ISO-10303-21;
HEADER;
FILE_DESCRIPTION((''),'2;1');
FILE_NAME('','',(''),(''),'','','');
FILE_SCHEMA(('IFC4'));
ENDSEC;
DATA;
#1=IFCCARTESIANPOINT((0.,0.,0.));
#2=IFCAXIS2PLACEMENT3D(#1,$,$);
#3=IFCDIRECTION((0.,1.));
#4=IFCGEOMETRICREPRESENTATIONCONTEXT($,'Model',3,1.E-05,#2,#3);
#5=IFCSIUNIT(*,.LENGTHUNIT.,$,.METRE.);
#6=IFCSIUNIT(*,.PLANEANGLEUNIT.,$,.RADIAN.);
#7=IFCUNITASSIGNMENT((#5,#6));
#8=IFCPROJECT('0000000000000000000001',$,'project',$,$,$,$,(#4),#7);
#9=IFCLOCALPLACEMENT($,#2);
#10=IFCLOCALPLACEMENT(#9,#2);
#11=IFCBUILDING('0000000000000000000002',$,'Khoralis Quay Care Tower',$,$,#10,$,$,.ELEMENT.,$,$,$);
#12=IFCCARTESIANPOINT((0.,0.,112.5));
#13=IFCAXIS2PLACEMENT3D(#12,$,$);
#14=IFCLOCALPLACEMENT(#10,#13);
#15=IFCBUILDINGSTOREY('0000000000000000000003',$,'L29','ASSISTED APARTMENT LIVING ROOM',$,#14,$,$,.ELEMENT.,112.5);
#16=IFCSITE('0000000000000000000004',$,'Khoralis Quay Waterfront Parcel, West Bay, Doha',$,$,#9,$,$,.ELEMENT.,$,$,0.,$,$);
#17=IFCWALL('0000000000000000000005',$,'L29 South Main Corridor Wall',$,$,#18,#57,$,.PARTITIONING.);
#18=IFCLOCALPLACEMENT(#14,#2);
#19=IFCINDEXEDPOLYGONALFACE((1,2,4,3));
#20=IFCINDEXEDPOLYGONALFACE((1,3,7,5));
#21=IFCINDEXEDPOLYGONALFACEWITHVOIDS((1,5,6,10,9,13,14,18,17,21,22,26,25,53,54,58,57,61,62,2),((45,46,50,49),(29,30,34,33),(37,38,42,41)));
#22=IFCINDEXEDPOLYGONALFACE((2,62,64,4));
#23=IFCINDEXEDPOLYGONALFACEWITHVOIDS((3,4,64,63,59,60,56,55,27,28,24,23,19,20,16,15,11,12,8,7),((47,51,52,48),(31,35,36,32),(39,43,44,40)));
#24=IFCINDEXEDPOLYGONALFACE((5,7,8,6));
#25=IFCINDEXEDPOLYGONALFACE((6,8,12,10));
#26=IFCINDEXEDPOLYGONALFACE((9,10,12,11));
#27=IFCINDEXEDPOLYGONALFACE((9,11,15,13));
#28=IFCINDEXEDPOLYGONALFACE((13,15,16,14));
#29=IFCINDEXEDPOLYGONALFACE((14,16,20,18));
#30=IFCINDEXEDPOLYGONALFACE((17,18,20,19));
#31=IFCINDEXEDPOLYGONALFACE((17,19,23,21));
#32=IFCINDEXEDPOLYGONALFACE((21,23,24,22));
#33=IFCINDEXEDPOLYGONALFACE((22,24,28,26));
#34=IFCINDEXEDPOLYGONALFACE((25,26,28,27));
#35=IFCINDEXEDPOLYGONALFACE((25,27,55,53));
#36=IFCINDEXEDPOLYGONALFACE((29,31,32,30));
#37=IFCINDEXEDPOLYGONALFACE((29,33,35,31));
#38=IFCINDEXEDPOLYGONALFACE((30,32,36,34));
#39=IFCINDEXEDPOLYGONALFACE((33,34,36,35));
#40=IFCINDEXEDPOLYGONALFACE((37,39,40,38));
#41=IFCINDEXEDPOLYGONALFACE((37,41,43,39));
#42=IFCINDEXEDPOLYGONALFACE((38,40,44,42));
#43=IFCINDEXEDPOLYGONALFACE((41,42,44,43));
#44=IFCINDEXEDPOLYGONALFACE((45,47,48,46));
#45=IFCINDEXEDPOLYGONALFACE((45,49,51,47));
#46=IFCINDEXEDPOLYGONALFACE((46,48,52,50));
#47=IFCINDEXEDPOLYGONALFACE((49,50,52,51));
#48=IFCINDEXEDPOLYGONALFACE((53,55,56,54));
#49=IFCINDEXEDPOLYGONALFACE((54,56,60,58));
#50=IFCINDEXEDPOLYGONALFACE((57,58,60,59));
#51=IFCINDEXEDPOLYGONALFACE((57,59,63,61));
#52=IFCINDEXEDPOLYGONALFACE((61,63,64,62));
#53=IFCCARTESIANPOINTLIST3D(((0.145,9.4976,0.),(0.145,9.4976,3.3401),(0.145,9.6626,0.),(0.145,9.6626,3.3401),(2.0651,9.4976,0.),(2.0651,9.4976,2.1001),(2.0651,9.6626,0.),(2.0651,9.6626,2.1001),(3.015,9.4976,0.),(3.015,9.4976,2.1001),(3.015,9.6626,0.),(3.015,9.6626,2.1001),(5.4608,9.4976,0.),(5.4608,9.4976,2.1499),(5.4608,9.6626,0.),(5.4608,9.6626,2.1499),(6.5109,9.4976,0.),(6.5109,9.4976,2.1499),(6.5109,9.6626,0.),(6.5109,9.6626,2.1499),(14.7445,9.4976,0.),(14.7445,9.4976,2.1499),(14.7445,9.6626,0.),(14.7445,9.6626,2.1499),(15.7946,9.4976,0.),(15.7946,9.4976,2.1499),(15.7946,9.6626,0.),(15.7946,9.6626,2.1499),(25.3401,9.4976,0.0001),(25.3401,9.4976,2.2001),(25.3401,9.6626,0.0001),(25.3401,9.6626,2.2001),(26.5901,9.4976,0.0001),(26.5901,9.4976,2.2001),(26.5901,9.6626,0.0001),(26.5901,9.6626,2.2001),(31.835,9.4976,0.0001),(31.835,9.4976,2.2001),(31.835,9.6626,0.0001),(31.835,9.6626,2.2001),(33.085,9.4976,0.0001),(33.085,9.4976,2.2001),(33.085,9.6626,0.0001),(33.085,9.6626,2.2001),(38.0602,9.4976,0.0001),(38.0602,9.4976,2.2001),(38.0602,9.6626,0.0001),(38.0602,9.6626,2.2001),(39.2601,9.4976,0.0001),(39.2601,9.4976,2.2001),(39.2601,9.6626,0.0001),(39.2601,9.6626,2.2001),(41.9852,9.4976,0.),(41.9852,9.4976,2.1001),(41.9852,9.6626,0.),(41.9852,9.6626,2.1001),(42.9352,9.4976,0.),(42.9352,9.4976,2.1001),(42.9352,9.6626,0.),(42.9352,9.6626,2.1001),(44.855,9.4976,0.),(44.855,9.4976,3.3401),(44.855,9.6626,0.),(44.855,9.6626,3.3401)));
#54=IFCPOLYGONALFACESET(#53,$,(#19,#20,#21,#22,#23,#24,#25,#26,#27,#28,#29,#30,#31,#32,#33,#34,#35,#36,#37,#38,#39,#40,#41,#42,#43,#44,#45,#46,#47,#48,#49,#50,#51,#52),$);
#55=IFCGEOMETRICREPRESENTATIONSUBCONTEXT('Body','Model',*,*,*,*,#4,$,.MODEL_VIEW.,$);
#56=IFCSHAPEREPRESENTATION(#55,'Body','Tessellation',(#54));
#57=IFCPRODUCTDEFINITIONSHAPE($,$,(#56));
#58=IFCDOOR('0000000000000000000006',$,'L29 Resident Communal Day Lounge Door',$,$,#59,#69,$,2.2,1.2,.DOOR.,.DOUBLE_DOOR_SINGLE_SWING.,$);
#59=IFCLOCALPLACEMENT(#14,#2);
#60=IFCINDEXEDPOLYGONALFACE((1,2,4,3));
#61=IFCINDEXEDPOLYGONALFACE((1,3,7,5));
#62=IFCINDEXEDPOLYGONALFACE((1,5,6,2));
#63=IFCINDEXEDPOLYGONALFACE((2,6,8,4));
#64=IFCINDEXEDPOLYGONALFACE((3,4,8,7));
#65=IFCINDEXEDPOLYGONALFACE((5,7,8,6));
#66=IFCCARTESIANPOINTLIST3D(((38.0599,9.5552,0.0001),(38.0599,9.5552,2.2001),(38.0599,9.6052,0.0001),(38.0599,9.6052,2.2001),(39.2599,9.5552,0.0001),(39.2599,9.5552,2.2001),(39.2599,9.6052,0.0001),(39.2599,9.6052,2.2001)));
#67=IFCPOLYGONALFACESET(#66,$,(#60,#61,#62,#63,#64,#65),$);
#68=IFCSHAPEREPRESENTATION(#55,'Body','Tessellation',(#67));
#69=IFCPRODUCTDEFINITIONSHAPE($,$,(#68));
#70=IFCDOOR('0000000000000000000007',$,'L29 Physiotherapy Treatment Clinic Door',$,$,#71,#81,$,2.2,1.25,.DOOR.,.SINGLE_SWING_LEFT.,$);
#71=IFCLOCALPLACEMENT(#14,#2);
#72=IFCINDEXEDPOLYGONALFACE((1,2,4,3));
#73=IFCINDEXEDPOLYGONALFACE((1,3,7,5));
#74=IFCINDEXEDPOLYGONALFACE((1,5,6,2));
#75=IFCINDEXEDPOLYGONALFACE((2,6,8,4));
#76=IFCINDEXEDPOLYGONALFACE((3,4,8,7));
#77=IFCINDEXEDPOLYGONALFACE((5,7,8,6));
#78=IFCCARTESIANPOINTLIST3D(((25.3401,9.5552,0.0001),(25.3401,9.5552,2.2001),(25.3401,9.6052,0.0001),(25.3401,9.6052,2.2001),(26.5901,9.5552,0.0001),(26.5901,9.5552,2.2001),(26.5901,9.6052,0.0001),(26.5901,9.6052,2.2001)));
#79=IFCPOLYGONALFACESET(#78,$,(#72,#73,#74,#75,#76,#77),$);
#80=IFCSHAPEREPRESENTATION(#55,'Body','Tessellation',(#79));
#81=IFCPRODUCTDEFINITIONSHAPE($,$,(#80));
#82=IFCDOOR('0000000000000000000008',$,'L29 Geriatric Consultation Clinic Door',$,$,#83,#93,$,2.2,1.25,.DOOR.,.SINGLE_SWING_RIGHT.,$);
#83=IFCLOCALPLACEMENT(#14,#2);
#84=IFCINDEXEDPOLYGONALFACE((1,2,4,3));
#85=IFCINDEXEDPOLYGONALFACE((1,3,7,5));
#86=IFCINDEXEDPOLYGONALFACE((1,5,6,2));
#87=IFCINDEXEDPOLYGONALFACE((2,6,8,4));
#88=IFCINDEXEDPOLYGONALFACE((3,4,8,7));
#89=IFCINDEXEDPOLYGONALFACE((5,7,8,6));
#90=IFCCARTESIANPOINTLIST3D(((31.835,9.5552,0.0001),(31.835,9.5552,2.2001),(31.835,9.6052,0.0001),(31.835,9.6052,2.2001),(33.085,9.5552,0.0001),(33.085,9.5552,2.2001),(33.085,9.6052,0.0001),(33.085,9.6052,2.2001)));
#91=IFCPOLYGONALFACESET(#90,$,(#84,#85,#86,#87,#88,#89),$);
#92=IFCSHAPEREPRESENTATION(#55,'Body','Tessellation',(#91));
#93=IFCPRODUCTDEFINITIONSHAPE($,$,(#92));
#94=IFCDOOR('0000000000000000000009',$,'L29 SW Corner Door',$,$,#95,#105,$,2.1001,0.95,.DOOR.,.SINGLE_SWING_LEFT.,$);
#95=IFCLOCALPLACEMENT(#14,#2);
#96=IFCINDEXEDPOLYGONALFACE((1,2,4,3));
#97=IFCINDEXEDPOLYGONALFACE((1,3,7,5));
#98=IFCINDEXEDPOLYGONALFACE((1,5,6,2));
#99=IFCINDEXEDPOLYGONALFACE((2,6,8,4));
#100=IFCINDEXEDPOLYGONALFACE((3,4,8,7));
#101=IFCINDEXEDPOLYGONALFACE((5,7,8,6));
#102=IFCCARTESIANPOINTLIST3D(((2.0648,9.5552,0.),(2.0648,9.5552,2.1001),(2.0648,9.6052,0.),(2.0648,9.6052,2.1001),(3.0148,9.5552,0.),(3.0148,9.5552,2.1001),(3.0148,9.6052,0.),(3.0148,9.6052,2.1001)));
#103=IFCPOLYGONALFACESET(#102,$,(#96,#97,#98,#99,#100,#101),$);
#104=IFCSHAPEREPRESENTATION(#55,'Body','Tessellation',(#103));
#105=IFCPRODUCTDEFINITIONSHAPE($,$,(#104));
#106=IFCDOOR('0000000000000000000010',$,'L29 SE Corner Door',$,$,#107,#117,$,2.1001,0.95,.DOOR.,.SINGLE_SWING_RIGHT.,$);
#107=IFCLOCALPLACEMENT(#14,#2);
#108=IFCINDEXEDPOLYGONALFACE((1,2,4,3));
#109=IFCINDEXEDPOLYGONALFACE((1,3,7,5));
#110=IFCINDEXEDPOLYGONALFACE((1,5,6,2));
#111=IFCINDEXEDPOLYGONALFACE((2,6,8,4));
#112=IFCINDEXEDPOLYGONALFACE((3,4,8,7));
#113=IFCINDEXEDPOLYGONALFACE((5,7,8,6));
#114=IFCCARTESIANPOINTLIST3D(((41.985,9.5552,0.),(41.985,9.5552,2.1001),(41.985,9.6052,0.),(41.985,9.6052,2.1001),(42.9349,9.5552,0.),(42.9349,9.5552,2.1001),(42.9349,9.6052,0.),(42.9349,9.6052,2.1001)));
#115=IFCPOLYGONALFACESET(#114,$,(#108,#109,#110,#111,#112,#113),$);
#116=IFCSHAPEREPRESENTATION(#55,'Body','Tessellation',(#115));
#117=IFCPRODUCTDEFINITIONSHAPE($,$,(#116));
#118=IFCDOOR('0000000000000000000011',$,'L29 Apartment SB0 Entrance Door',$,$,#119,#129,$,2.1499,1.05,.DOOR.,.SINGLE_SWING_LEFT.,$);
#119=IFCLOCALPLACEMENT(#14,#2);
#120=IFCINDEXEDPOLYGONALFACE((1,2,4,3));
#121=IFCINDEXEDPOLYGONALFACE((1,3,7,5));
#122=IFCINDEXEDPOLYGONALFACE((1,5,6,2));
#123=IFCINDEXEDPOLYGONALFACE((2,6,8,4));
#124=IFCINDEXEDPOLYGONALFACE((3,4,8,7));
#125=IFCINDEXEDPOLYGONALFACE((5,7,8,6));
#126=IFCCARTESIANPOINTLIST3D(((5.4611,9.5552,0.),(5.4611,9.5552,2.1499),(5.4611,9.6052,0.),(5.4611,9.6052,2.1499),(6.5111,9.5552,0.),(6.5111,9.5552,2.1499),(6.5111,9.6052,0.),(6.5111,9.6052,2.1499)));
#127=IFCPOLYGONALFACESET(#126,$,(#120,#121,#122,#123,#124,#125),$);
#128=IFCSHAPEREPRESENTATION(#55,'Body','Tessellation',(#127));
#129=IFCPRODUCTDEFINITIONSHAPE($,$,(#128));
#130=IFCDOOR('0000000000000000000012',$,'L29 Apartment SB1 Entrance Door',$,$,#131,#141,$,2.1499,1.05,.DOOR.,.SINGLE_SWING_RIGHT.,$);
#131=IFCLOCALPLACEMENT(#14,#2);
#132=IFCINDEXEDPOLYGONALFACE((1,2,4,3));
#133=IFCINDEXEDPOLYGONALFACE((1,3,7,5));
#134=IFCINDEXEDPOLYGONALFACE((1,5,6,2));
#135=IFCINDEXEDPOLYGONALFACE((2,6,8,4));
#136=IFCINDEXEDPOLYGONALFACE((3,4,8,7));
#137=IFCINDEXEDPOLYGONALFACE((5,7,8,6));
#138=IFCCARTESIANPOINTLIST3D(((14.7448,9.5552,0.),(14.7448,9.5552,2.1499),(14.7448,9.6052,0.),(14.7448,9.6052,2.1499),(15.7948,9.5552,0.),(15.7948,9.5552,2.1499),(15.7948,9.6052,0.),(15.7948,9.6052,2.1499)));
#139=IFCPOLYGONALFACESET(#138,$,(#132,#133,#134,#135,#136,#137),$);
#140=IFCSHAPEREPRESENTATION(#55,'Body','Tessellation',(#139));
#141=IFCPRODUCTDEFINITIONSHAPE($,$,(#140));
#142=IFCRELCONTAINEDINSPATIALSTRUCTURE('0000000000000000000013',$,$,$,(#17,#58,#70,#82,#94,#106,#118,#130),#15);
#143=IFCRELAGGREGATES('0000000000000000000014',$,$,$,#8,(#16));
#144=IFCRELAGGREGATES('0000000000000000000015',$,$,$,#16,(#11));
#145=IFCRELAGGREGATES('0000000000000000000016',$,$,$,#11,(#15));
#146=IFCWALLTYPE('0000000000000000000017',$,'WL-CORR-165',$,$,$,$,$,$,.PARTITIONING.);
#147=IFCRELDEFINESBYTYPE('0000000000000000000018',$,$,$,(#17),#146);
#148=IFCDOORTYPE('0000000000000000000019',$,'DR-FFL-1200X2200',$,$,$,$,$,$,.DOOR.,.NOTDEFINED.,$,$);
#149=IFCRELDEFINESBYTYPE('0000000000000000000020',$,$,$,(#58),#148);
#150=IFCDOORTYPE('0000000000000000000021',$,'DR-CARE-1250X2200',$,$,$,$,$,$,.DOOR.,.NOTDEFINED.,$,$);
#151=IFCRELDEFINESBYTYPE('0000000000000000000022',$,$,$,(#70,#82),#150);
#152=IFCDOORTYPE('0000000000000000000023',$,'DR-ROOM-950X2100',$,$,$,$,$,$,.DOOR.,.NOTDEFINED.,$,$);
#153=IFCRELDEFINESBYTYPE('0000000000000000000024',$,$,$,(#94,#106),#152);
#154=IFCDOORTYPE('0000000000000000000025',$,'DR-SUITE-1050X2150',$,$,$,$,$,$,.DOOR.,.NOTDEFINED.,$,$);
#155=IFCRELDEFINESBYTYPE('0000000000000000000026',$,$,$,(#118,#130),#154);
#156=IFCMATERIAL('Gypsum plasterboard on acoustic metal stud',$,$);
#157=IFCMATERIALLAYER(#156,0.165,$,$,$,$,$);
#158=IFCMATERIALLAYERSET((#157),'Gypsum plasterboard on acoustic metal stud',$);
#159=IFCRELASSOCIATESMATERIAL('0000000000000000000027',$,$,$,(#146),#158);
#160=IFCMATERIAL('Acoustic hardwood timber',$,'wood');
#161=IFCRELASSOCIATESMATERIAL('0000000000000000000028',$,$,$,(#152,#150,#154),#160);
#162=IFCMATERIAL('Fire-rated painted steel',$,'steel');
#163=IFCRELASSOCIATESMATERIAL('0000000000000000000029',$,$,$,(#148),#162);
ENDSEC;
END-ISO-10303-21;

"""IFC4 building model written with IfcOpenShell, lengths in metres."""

from ifc_helpers import new_model, si_unit, direction, frame, frame_2d, origin, place, context, subcontext, project, spatial, rectangle, extrude, source, transform, mapped, material, layer, layer_set, type_object, element, fill, save


model = new_model("IFC4")

# Units and contexts
model_context = context("Model", 3, precision=1e-05, world=origin(), true_north=direction((0.0, 1.0)))
body_context = subcontext(model_context, "Body", "Model", "MODEL_VIEW")
ifc_project = project(units=[si_unit("LENGTHUNIT", "METRE"), si_unit("PLANEANGLEUNIT", "RADIAN")], contexts=[model_context])

# Site, building, storey
site_placement = place(None, origin())
site = spatial("IfcSite", under=ifc_project, at=site_placement, Name="Khoralis Quay Waterfront Parcel, West Bay, Doha", CompositionType="ELEMENT", RefElevation=0.0)
building_placement = place(site_placement, origin())
building = spatial("IfcBuilding", under=site, at=building_placement, Name="Khoralis Quay Care Tower", CompositionType="ELEMENT")
storey_placement = place(building_placement, frame((0.0, 0.0, 112.5)))
storey = spatial("IfcBuildingStorey", under=building, at=storey_placement, Name="L29", Description="ASSISTED APARTMENT LIVING ROOM", CompositionType="ELEMENT", Elevation=112.5)

# Wall, openings, doors
ifc_material_1 = material(Name="Gypsum plasterboard on acoustic metal stud")
ifc_layer_1 = layer(ifc_material_1, 0.165)
ifc_layer_set_1 = layer_set([ifc_layer_1], Name="Gypsum plasterboard on acoustic metal stud")
wall_type_1 = type_object("IfcWallType", Name="WL-CORR-165", PredefinedType="PARTITIONING", material=ifc_layer_set_1)
ifc_material_2 = material(Name="Acoustic hardwood timber", Category="wood")
door_type_1 = type_object("IfcDoorType", Name="DR-ROOM-950X2100", OperationType="NOTDEFINED", PredefinedType="DOOR", material=ifc_material_2)
shared_shape_1 = source(origin(), body_context, "Body", "SweptSolid", [
    extrude(rectangle(XDim=0.95, YDim=2.1001, at=frame_2d((0.4751, 1.05))), frame((0.0, 0.0249, 0.0), z_axis=(0.0, -1.0, 0.0), x_axis=(1.0, 0.0, 0.0)), (0.0, 0.0, 1.0), 0.05),
])
wall_1_placement = place(storey_placement, frame((0.145, 9.5801, 0.0), z_axis=(0.0, 0.0, 1.0), x_axis=(1.0, 0.0, 0.0)))
wall_1 = element("IfcWall", 1, at=wall_1_placement, inside=storey, type_object=wall_type_1, Name="L29 South Main Corridor Wall", PredefinedType="PARTITIONING", context=body_context, shape_type="SweptSolid", body=[
    extrude(rectangle(XDim=44.71, YDim=0.165, at=frame_2d((22.355, 0.0))), origin(), (0.0, 0.0, 1.0), 3.3401),
])
opening_1_placement = place(wall_1_placement, frame((5.3159, 0.0, 0.0)))
opening_1 = element("IfcOpeningElement", 2, at=opening_1_placement, cuts=wall_1, PredefinedType="OPENING", context=body_context, shape_type="SweptSolid", body=[
    extrude(rectangle(XDim=1.05, YDim=2.1499, at=frame_2d((0.5249, 1.075))), frame((0.0, 0.0925, 0.0), z_axis=(0.0, -1.0, 0.0), x_axis=(1.0, 0.0, 0.0)), (0.0, 0.0, 1.0), 0.1851),
])
opening_2_placement = place(wall_1_placement, frame((14.5996, 0.0, 0.0)))
opening_2 = element("IfcOpeningElement", 3, at=opening_2_placement, cuts=wall_1, PredefinedType="OPENING", context=body_context, shape_type="SweptSolid", body=[
    extrude(rectangle(XDim=1.05, YDim=2.1499, at=frame_2d((0.5249, 1.075))), frame((0.0, 0.0925, 0.0), z_axis=(0.0, -1.0, 0.0), x_axis=(1.0, 0.0, 0.0)), (0.0, 0.0, 1.0), 0.1851),
])
opening_3_placement = place(wall_1_placement, frame((25.1951, 0.0, 0.0)))
opening_3 = element("IfcOpeningElement", 4, at=opening_3_placement, cuts=wall_1, PredefinedType="OPENING", context=body_context, shape_type="SweptSolid", body=[
    extrude(rectangle(XDim=1.25, YDim=2.2, at=frame_2d((0.625, 1.1001))), frame((0.0, 0.0925, 0.0), z_axis=(0.0, -1.0, 0.0), x_axis=(1.0, 0.0, 0.0)), (0.0, 0.0, 1.0), 0.1851),
])
opening_4_placement = place(wall_1_placement, frame((31.6899, 0.0, 0.0)))
opening_4 = element("IfcOpeningElement", 5, at=opening_4_placement, cuts=wall_1, PredefinedType="OPENING", context=body_context, shape_type="SweptSolid", body=[
    extrude(rectangle(XDim=1.25, YDim=2.2, at=frame_2d((0.625, 1.1001))), frame((0.0, 0.0925, 0.0), z_axis=(0.0, -1.0, 0.0), x_axis=(1.0, 0.0, 0.0)), (0.0, 0.0, 1.0), 0.1851),
])
opening_5_placement = place(wall_1_placement, frame((37.915, 0.0, 0.0)))
opening_5 = element("IfcOpeningElement", 6, at=opening_5_placement, cuts=wall_1, PredefinedType="OPENING", context=body_context, shape_type="SweptSolid", body=[
    extrude(rectangle(XDim=1.2, YDim=2.2, at=frame_2d((0.6001, 1.1001))), frame((0.0, 0.0925, 0.0), z_axis=(0.0, -1.0, 0.0), x_axis=(1.0, 0.0, 0.0)), (0.0, 0.0, 1.0), 0.1851),
])
opening_6_placement = place(wall_1_placement, frame((1.9199, 0.0, 0.0)))
opening_6 = element("IfcOpeningElement", 7, at=opening_6_placement, cuts=wall_1, PredefinedType="OPENING", context=body_context, shape_type="SweptSolid", body=[
    extrude(rectangle(XDim=0.95, YDim=2.1001, at=frame_2d((0.4751, 1.05))), frame((0.0, 0.0925, 0.0), z_axis=(0.0, -1.0, 0.0), x_axis=(1.0, 0.0, 0.0)), (0.0, 0.0, 1.0), 0.1851),
])
opening_7_placement = place(wall_1_placement, frame((41.8401, 0.0, 0.0)))
opening_7 = element("IfcOpeningElement", 8, at=opening_7_placement, cuts=wall_1, PredefinedType="OPENING", context=body_context, shape_type="SweptSolid", body=[
    extrude(rectangle(XDim=0.95, YDim=2.1001, at=frame_2d((0.4751, 1.05))), frame((0.0, 0.0925, 0.0), z_axis=(0.0, -1.0, 0.0), x_axis=(1.0, 0.0, 0.0)), (0.0, 0.0, 1.0), 0.1851),
])
ifc_material_3 = material(Name="Fire-rated painted steel", Category="steel")
door_type_2 = type_object("IfcDoorType", Name="DR-FFL-1200X2200", OperationType="NOTDEFINED", PredefinedType="DOOR", material=ifc_material_3)
shared_shape_2 = source(origin(), body_context, "Body", "SweptSolid", [
    extrude(rectangle(XDim=1.2, YDim=2.2, at=frame_2d((0.6001, 1.1001))), frame((0.0, 0.0249, 0.0), z_axis=(0.0, -1.0, 0.0), x_axis=(1.0, 0.0, 0.0)), (0.0, 0.0, 1.0), 0.05),
])
door_1_placement = place(opening_5_placement, frame((1.2, 0.0, 0.0), z_axis=(0.0, 0.0, 1.0), x_axis=(-1.0, 0.0, 0.0)))
door_1 = element("IfcDoor", 9, at=door_1_placement, inside=storey, type_object=door_type_2, Name="L29 Resident Communal Day Lounge Door", OperationType="DOUBLE_DOOR_SINGLE_SWING", OverallHeight=2.2, OverallWidth=1.2, PredefinedType="DOOR", context=body_context, shape_type="MappedRepresentation", body=[
    mapped(shared_shape_2, transform((0.0, 0.0, 0.0), scale=1.0)),
])
fill(opening_5, door_1)
door_type_3 = type_object("IfcDoorType", Name="DR-CARE-1250X2200", OperationType="NOTDEFINED", PredefinedType="DOOR", material=ifc_material_2)
shared_shape_3 = source(origin(), body_context, "Body", "SweptSolid", [
    extrude(rectangle(XDim=1.25, YDim=2.2, at=frame_2d((0.625, 1.1001))), frame((0.0, 0.0249, 0.0), z_axis=(0.0, -1.0, 0.0), x_axis=(1.0, 0.0, 0.0)), (0.0, 0.0, 1.0), 0.05),
])
door_2_placement = place(opening_3_placement, frame((1.25, 0.0, 0.0), z_axis=(0.0, 0.0, 1.0), x_axis=(-1.0, 0.0, 0.0)))
door_2 = element("IfcDoor", 10, at=door_2_placement, inside=storey, type_object=door_type_3, Name="L29 Physiotherapy Treatment Clinic Door", OperationType="SINGLE_SWING_LEFT", OverallHeight=2.2, OverallWidth=1.25, PredefinedType="DOOR", context=body_context, shape_type="MappedRepresentation", body=[
    mapped(shared_shape_3, transform((0.0, 0.0, 0.0), scale=1.0)),
])
fill(opening_3, door_2)
door_3_placement = place(opening_4_placement, frame((1.25, 0.0, 0.0), z_axis=(0.0, 0.0, 1.0), x_axis=(-1.0, 0.0, 0.0)))
door_3 = element("IfcDoor", 11, at=door_3_placement, inside=storey, type_object=door_type_3, Name="L29 Geriatric Consultation Clinic Door", OperationType="SINGLE_SWING_RIGHT", OverallHeight=2.2, OverallWidth=1.25, PredefinedType="DOOR", context=body_context, shape_type="MappedRepresentation", body=[
    mapped(shared_shape_3, transform((0.0, 0.0, 0.0), scale=1.0)),
])
fill(opening_4, door_3)
door_4_placement = place(opening_6_placement, frame((0.95, 0.0, 0.0), z_axis=(0.0, 0.0, 1.0), x_axis=(-1.0, 0.0, 0.0)))
door_4 = element("IfcDoor", 12, at=door_4_placement, inside=storey, type_object=door_type_1, Name="L29 SW Corner Door", OperationType="SINGLE_SWING_LEFT", OverallHeight=2.1001, OverallWidth=0.95, PredefinedType="DOOR", context=body_context, shape_type="MappedRepresentation", body=[
    mapped(shared_shape_1, transform((0.0, 0.0, 0.0), scale=1.0)),
])
fill(opening_6, door_4)
door_5_placement = place(opening_7_placement, frame((0.95, 0.0, 0.0), z_axis=(0.0, 0.0, 1.0), x_axis=(-1.0, 0.0, 0.0)))
door_5 = element("IfcDoor", 13, at=door_5_placement, inside=storey, type_object=door_type_1, Name="L29 SE Corner Door", OperationType="SINGLE_SWING_RIGHT", OverallHeight=2.1001, OverallWidth=0.95, PredefinedType="DOOR", context=body_context, shape_type="MappedRepresentation", body=[
    mapped(shared_shape_1, transform((0.0, 0.0, 0.0), scale=1.0)),
])
fill(opening_7, door_5)
door_type_4 = type_object("IfcDoorType", Name="DR-SUITE-1050X2150", OperationType="NOTDEFINED", PredefinedType="DOOR", material=ifc_material_2)
shared_shape_4 = source(origin(), body_context, "Body", "SweptSolid", [
    extrude(rectangle(XDim=1.05, YDim=2.1499, at=frame_2d((0.5249, 1.075))), frame((0.0, 0.0249, 0.0), z_axis=(0.0, -1.0, 0.0), x_axis=(1.0, 0.0, 0.0)), (0.0, 0.0, 1.0), 0.05),
])
door_6_placement = place(opening_1_placement, frame((1.05, 0.0, 0.0), z_axis=(0.0, 0.0, 1.0), x_axis=(-1.0, 0.0, 0.0)))
door_6 = element("IfcDoor", 14, at=door_6_placement, inside=storey, type_object=door_type_4, Name="L29 Apartment SB0 Entrance Door", OperationType="SINGLE_SWING_LEFT", OverallHeight=2.1499, OverallWidth=1.05, PredefinedType="DOOR", context=body_context, shape_type="MappedRepresentation", body=[
    mapped(shared_shape_4, transform((0.0, 0.0, 0.0), scale=1.0)),
])
fill(opening_1, door_6)
door_7_placement = place(opening_2_placement, frame((1.05, 0.0, 0.0), z_axis=(0.0, 0.0, 1.0), x_axis=(-1.0, 0.0, 0.0)))
door_7 = element("IfcDoor", 15, at=door_7_placement, inside=storey, type_object=door_type_4, Name="L29 Apartment SB1 Entrance Door", OperationType="SINGLE_SWING_RIGHT", OverallHeight=2.1499, OverallWidth=1.05, PredefinedType="DOOR", context=body_context, shape_type="MappedRepresentation", body=[
    mapped(shared_shape_4, transform((0.0, 0.0, 0.0), scale=1.0)),
])
fill(opening_2, door_7)

save(model, "model.ifc")
